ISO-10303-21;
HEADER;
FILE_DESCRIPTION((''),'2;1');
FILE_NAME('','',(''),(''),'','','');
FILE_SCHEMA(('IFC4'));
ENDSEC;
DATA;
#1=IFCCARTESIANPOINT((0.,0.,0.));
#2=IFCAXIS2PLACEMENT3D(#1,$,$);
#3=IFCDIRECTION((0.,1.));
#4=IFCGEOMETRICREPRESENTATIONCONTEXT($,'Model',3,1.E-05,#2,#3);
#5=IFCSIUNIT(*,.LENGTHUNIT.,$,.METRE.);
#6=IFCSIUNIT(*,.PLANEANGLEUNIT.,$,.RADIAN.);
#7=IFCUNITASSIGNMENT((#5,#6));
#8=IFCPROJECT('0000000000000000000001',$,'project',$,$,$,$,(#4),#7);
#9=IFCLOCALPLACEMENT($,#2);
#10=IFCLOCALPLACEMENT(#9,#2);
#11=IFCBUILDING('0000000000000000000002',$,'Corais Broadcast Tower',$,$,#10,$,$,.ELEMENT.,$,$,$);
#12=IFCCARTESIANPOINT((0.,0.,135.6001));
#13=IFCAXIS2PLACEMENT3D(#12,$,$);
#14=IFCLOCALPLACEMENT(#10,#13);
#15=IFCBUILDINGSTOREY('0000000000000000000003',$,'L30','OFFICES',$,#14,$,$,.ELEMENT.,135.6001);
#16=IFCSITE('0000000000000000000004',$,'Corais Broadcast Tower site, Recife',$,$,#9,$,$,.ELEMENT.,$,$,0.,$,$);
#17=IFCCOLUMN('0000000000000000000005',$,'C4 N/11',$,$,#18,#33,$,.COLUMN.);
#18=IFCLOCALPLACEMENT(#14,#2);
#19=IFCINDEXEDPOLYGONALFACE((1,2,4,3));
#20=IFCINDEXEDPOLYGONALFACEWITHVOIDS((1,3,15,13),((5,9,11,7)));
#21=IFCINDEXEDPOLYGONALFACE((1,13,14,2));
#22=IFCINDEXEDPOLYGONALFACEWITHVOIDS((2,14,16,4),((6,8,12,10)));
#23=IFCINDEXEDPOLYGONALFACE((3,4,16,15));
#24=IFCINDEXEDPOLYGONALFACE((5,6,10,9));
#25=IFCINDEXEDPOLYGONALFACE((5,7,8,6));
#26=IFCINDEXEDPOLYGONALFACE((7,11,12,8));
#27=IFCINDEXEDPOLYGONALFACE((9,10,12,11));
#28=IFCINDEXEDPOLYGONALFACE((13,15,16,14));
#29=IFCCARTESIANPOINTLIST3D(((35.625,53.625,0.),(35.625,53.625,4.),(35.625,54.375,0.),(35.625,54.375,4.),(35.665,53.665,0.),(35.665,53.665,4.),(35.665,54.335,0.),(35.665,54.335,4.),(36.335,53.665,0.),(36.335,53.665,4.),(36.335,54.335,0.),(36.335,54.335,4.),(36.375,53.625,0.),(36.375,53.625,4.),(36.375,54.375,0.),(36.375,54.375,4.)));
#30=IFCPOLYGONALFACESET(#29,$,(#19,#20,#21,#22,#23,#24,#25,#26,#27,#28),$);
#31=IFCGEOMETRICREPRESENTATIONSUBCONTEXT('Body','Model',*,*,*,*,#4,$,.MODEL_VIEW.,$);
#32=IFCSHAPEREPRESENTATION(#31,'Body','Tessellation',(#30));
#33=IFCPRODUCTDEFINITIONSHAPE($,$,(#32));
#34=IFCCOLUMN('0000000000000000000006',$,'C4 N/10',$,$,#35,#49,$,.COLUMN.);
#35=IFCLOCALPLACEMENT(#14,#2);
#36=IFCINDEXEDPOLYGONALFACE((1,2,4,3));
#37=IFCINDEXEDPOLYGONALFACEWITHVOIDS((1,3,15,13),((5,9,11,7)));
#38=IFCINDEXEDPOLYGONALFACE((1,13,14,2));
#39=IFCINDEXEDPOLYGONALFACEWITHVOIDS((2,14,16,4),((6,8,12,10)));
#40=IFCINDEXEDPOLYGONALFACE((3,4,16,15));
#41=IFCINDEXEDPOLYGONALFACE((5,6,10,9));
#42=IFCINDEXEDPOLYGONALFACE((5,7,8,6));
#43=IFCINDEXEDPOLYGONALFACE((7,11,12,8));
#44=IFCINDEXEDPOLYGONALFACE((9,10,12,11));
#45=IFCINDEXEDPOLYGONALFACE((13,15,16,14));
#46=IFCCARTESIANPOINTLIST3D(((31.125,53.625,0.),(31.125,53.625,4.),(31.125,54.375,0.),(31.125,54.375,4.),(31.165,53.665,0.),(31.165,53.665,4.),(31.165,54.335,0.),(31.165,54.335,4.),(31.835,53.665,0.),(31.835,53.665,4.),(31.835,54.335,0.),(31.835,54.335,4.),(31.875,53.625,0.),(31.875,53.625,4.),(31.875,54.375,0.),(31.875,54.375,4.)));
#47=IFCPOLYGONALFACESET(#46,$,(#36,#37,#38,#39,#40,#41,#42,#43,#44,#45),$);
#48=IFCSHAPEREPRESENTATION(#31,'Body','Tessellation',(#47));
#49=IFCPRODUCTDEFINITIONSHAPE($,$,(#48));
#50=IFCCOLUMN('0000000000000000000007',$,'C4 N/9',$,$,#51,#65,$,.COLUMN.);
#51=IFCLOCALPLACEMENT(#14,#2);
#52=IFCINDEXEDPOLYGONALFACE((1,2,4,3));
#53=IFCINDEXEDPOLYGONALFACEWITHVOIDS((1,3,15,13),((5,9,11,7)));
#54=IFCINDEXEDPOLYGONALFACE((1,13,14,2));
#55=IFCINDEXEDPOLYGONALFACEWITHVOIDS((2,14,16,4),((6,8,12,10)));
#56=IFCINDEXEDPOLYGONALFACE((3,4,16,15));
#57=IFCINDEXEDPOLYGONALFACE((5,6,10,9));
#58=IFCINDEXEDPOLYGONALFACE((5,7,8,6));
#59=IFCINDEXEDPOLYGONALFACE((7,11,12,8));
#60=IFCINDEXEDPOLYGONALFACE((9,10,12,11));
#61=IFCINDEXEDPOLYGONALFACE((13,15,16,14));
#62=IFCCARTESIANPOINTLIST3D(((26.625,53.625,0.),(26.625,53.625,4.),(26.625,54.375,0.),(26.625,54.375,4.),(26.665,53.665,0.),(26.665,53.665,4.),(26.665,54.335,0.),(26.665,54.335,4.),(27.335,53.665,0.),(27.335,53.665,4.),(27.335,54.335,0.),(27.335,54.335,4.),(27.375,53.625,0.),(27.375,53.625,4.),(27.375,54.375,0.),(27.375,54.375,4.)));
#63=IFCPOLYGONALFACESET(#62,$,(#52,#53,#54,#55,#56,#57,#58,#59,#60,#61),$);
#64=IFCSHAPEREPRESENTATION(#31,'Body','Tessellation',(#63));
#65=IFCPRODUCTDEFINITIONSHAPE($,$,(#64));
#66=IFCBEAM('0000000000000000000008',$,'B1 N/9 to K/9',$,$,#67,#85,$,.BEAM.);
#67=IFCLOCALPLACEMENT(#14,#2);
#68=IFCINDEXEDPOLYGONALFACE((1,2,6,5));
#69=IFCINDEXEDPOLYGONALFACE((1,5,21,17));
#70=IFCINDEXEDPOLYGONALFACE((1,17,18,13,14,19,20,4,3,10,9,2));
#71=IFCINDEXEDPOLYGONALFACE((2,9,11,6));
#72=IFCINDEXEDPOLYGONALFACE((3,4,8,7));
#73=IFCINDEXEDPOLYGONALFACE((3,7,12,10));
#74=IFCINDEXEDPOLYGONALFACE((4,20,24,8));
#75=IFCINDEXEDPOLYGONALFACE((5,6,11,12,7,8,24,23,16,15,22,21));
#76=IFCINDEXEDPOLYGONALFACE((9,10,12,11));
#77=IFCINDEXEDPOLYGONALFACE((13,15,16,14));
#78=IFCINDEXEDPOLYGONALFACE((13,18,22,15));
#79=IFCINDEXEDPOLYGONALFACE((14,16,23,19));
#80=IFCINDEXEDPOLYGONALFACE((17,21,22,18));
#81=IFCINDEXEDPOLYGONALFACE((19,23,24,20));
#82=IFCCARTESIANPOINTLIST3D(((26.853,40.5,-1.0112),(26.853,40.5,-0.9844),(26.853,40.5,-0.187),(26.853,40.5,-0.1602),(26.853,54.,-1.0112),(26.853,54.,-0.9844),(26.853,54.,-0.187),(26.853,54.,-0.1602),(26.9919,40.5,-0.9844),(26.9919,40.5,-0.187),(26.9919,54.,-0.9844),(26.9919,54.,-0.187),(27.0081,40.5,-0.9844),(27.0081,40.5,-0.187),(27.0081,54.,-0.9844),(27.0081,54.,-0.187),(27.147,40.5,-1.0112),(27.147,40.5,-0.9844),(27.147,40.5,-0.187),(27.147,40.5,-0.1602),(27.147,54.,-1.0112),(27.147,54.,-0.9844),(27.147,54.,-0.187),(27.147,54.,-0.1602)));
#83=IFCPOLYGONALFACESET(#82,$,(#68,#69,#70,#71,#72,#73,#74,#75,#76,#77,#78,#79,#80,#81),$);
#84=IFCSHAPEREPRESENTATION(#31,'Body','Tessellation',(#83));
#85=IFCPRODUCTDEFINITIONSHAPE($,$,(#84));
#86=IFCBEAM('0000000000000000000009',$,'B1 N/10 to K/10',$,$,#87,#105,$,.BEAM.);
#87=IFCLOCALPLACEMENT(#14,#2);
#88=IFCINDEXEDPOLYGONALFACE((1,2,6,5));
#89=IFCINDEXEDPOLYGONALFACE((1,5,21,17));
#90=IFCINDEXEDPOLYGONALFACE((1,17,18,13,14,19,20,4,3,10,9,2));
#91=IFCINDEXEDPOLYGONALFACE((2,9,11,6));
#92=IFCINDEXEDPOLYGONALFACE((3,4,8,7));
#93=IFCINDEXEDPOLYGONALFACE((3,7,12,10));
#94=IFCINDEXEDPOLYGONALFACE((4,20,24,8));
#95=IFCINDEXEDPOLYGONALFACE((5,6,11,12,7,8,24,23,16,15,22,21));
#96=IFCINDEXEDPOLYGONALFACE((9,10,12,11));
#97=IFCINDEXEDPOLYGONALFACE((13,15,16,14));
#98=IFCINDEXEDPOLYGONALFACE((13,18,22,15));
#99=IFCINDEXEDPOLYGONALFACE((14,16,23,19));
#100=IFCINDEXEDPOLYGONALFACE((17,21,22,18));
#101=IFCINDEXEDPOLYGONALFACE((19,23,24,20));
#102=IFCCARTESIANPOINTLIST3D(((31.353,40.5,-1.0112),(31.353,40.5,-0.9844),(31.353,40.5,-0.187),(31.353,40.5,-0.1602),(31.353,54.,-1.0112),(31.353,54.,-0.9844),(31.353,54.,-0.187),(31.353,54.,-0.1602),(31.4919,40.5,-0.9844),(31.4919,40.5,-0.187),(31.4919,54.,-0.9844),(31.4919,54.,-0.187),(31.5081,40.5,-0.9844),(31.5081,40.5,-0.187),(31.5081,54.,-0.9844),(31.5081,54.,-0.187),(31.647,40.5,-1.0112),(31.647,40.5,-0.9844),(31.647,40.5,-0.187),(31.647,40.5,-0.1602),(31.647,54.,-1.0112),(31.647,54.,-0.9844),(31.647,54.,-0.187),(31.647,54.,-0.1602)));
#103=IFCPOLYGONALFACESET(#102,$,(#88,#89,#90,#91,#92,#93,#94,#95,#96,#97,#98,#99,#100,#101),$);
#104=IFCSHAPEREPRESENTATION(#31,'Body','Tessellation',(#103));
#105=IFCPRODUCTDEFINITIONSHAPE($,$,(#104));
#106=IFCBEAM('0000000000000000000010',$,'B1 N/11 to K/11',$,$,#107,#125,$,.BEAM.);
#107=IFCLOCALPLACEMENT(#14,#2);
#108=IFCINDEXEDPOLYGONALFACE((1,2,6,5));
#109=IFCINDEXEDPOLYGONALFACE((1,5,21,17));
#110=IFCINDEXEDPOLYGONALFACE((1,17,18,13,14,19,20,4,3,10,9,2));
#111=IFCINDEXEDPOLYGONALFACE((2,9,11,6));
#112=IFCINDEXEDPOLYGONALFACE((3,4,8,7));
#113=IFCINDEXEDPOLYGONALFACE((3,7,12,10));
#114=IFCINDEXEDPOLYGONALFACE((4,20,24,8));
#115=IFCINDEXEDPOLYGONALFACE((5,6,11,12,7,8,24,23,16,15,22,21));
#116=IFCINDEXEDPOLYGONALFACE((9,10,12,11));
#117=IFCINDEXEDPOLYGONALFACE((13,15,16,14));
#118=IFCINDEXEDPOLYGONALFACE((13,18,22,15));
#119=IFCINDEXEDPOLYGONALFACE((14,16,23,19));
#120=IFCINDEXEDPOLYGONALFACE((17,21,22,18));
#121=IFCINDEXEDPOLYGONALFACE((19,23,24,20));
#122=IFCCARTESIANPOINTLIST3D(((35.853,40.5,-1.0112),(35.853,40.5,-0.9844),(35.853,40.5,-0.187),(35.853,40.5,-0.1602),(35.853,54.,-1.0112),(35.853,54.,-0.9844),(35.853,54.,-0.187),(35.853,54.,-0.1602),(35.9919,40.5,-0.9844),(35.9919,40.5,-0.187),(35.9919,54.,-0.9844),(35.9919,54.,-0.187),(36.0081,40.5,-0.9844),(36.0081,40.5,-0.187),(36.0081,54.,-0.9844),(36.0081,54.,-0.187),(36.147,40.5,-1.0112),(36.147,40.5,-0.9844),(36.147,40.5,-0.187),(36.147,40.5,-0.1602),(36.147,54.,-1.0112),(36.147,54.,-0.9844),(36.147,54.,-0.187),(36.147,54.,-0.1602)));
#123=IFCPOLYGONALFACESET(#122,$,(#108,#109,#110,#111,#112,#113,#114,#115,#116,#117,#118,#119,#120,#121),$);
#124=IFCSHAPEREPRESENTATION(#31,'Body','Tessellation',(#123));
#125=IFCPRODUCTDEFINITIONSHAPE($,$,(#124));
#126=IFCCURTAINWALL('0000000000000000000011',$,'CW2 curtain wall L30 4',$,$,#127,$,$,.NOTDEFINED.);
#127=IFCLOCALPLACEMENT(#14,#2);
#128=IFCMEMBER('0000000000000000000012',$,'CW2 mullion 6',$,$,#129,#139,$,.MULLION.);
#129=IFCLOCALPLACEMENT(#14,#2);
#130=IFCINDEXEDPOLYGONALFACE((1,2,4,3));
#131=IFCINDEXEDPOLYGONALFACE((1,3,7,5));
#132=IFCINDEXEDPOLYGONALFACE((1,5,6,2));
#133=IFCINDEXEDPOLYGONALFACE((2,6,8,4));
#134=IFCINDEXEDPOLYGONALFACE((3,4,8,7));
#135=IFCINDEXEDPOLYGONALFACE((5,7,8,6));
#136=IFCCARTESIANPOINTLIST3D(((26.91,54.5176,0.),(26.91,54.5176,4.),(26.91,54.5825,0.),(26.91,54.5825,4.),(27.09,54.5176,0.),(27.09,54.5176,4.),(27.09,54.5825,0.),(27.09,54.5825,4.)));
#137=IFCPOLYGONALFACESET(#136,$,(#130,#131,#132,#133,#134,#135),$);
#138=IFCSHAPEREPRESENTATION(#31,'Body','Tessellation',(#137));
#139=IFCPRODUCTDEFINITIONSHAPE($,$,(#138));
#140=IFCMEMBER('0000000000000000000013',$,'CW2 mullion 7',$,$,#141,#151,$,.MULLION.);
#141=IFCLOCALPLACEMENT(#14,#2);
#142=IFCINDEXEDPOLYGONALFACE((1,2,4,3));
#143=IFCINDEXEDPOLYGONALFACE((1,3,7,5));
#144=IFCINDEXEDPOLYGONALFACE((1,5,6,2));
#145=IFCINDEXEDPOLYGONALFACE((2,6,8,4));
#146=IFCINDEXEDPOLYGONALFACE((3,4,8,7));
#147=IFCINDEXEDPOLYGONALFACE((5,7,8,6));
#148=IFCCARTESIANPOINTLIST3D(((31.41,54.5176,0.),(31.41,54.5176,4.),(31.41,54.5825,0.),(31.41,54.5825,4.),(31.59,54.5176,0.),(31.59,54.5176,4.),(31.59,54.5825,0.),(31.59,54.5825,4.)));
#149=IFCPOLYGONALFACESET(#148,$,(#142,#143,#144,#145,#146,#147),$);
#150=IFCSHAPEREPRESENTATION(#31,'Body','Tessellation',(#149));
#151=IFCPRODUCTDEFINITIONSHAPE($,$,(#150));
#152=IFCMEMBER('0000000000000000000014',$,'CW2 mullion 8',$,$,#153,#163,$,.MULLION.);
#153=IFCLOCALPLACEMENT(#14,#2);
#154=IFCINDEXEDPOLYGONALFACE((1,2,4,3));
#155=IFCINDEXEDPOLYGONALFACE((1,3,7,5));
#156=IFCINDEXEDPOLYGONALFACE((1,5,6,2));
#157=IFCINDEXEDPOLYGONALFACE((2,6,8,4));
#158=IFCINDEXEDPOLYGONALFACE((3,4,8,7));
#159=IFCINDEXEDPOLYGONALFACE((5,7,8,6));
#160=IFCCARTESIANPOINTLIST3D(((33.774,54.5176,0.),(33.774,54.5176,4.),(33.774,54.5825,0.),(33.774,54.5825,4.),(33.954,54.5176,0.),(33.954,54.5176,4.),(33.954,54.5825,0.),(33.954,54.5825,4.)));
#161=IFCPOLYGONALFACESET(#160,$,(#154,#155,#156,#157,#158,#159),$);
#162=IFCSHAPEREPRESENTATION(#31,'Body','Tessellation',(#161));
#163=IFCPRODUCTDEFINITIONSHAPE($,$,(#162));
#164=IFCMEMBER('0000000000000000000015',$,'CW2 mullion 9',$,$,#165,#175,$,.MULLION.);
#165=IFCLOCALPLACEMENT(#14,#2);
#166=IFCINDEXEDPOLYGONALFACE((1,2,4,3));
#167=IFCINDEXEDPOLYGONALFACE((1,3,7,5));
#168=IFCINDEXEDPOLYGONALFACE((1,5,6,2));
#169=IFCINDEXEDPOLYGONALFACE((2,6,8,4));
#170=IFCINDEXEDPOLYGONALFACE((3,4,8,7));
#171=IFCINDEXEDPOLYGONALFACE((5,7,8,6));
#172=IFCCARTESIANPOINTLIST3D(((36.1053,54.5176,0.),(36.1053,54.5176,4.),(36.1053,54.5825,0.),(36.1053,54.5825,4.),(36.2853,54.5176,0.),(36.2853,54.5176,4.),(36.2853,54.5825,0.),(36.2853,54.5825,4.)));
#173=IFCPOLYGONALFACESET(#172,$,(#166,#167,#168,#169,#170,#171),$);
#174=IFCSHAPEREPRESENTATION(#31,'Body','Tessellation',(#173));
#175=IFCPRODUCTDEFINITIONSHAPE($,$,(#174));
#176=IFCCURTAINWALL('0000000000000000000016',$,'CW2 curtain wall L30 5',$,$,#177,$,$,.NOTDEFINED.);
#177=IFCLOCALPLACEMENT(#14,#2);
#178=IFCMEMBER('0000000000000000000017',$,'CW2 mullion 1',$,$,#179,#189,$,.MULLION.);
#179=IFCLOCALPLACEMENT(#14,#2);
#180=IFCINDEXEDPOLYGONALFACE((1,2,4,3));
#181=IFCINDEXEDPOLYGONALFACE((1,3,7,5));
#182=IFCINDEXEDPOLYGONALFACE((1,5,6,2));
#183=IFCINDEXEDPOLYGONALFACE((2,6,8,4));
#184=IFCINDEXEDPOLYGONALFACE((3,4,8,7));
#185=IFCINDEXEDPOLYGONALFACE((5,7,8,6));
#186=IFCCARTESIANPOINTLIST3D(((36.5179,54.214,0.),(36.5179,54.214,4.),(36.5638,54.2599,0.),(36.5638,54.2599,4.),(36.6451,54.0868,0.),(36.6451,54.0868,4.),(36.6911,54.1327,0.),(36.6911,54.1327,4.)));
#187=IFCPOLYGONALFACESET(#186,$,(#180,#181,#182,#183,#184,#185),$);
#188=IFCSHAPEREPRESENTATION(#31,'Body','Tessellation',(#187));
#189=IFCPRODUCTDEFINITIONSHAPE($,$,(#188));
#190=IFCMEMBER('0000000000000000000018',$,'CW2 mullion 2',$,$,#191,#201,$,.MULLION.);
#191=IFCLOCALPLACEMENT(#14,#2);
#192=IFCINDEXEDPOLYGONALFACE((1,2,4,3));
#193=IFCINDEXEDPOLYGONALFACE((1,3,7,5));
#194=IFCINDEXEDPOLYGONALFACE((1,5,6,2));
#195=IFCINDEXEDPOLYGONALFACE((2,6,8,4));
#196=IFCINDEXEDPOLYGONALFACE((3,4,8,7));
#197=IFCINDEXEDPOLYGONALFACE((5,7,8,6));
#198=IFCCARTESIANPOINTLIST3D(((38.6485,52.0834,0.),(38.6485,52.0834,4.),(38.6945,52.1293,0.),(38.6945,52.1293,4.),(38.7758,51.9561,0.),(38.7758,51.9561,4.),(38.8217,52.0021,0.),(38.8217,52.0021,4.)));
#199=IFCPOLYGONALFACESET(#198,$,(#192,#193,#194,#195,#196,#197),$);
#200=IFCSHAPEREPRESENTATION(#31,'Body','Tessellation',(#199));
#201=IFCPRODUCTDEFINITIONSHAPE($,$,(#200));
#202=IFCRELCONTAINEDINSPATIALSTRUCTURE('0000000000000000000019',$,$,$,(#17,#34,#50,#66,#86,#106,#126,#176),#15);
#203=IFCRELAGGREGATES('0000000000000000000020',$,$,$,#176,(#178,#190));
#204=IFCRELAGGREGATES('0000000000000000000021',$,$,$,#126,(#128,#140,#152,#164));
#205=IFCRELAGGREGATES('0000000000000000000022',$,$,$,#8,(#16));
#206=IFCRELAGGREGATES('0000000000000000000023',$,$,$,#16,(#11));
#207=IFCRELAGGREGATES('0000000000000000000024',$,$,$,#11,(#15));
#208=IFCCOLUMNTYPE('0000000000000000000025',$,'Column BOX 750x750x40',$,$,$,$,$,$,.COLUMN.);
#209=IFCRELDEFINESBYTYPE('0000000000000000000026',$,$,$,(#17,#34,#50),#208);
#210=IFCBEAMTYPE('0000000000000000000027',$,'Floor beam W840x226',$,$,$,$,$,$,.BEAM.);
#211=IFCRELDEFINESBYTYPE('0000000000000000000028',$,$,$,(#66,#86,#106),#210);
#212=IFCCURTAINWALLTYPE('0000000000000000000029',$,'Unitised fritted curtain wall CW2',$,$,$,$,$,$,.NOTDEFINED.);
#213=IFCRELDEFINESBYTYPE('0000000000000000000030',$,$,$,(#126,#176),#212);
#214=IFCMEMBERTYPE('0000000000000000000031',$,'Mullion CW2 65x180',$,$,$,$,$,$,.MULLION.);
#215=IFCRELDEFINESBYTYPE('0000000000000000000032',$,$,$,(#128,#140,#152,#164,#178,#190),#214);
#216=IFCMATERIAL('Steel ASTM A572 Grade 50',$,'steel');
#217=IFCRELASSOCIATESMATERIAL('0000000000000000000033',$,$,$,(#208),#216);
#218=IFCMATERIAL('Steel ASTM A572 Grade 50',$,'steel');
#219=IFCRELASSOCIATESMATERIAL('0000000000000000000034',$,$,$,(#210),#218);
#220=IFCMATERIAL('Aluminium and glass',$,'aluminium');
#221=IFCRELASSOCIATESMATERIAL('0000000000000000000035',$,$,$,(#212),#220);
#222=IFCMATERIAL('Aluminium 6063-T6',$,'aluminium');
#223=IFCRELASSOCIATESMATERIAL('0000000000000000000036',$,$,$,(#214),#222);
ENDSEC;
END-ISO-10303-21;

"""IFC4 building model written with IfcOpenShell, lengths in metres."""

from ifc_helpers import new_model, si_unit, direction, frame, origin, origin_2d, place, context, subcontext, project, spatial, rectangle, hollow_rectangle, i_section, extrude, material, material_profile, profile_set, type_object, element, aggregate, save


model = new_model("IFC4")

# Units and contexts
model_context = context("Model", 3, precision=1e-05, world=origin(), true_north=direction((0.0, 1.0)))
body_context = subcontext(model_context, "Body", "Model", "MODEL_VIEW")
ifc_project = project(units=[si_unit("LENGTHUNIT", "METRE"), si_unit("PLANEANGLEUNIT", "RADIAN")], contexts=[model_context])

# Site, building, storey
site_placement = place(None, origin())
site = spatial("IfcSite", under=ifc_project, at=site_placement, Name="Corais Broadcast Tower site, Recife", CompositionType="ELEMENT", RefElevation=0.0)
building_placement = place(site_placement, origin())
building = spatial("IfcBuilding", under=site, at=building_placement, Name="Corais Broadcast Tower", CompositionType="ELEMENT")
storey_placement = place(building_placement, frame((0.0, 0.0, 135.6001)))
storey = spatial("IfcBuildingStorey", under=building, at=storey_placement, Name="L30", Description="OFFICES", CompositionType="ELEMENT", Elevation=135.6001)

# Columns
ifc_material_1 = material(Name="Steel ASTM A572 Grade 50", Category="steel")
ifc_material_profile_1 = material_profile(ifc_material_1, hollow_rectangle(XDim=0.75, YDim=0.75, WallThickness=0.04, at=origin_2d()), Name="BOX 750x750x40")
ifc_profile_set_1 = profile_set([ifc_material_profile_1], Name="Steel ASTM A572 Grade 50")
column_type = type_object("IfcColumnType", Name="Column BOX 750x750x40", PredefinedType="COLUMN", material=ifc_profile_set_1)
for number, where, z_axis, x_axis, name in (
    (1, (36.0, 54.0, 0.0), (0.0, 0.0, 1.0), (1.0, 0.0, 0.0), "C4 N/11"),
    (2, (31.5, 54.0, 0.0), (0.0, 0.0, 1.0), (1.0, 0.0, 0.0), "C4 N/10"),
    (3, (27.0, 54.0, 0.0), (0.0, 0.0, 1.0), (1.0, 0.0, 0.0), "C4 N/9"),
):
    element("IfcColumn", number, at=place(storey_placement, frame(where, z_axis=z_axis, x_axis=x_axis)), inside=storey, type_object=column_type, Name=name, PredefinedType="COLUMN", context=body_context, shape_type="SweptSolid", body=[
        extrude(hollow_rectangle(XDim=0.75, YDim=0.75, WallThickness=0.04, at=origin_2d()), origin(), (0.0, 0.0, 1.0), 4.0),
    ])

# Beams
ifc_material_2 = material(Name="Steel ASTM A572 Grade 50", Category="steel")
ifc_material_profile_2 = material_profile(ifc_material_2, i_section(OverallWidth=0.2939, OverallDepth=0.8511, WebThickness=0.0161, FlangeThickness=0.0269, at=origin_2d()), Name="W840x226")
ifc_profile_set_2 = profile_set([ifc_material_profile_2], Name="Steel ASTM A572 Grade 50")
beam_type_1 = type_object("IfcBeamType", Name="Floor beam W840x226", PredefinedType="BEAM", material=ifc_profile_set_2)
for number, where, z_axis, x_axis, name in (
    (4, (27.0, 54.0, -0.5857), (0.0, -1.0, 0.0), (1.0, 0.0, 0.0), "B1 N/9 to K/9"),
    (5, (31.5, 54.0, -0.5857), (0.0, -1.0, 0.0), (1.0, 0.0, 0.0), "B1 N/10 to K/10"),
    (6, (36.0, 54.0, -0.5857), (0.0, -1.0, 0.0), (1.0, 0.0, 0.0), "B1 N/11 to K/11"),
):
    element("IfcBeam", number, at=place(storey_placement, frame(where, z_axis=z_axis, x_axis=x_axis)), inside=storey, type_object=beam_type_1, Name=name, PredefinedType="BEAM", context=body_context, shape_type="SweptSolid", body=[
        extrude(i_section(OverallWidth=0.2939, OverallDepth=0.8511, WebThickness=0.0161, FlangeThickness=0.0269, at=origin_2d()), origin(), (0.0, 0.0, 1.0), 13.5),
    ])

# Curtain walls, members
ifc_material_3 = material(Name="Aluminium and glass", Category="aluminium")
curtain_wall_type = type_object("IfcCurtainWallType", Name="Unitised fritted curtain wall CW2", PredefinedType="NOTDEFINED", material=ifc_material_3)
curtain_wall_1_placement = place(storey_placement, origin())
curtain_wall_1 = element("IfcCurtainWall", 7, at=curtain_wall_1_placement, inside=storey, type_object=curtain_wall_type, Name="CW2 curtain wall L30 4", PredefinedType="NOTDEFINED")
ifc_material_4 = material(Name="Aluminium 6063-T6", Category="aluminium")
ifc_material_profile_3 = material_profile(ifc_material_4, rectangle(XDim=0.0649, YDim=0.1799, at=origin_2d()), Name="Mullion CW2 65x180")
ifc_profile_set_3 = profile_set([ifc_material_profile_3], Name="Aluminium 6063-T6")
member_type_1 = type_object("IfcMemberType", Name="Mullion CW2 65x180", PredefinedType="MULLION", material=ifc_profile_set_3)
member_1_placement = place(storey_placement, frame((27.0, 54.55, 0.0), z_axis=(0.0, 0.0, 1.0), x_axis=(0.0, 1.0, 0.0)))
member_1 = element("IfcMember", 8, at=member_1_placement, type_object=member_type_1, Name="CW2 mullion 6", PredefinedType="MULLION", context=body_context, shape_type="SweptSolid", body=[
    extrude(rectangle(XDim=0.0649, YDim=0.1799, at=origin_2d()), origin(), (0.0, 0.0, 1.0), 4.0),
])
member_2_placement = place(storey_placement, frame((31.5, 54.55, 0.0), z_axis=(0.0, 0.0, 1.0), x_axis=(0.0, 1.0, 0.0)))
member_2 = element("IfcMember", 9, at=member_2_placement, type_object=member_type_1, Name="CW2 mullion 7", PredefinedType="MULLION", context=body_context, shape_type="SweptSolid", body=[
    extrude(rectangle(XDim=0.0649, YDim=0.1799, at=origin_2d()), origin(), (0.0, 0.0, 1.0), 4.0),
])
member_3_placement = place(storey_placement, frame((33.864, 54.55, 0.0), z_axis=(0.0, 0.0, 1.0), x_axis=(0.0, 1.0, 0.0)))
member_3 = element("IfcMember", 10, at=member_3_placement, type_object=member_type_1, Name="CW2 mullion 8", PredefinedType="MULLION", context=body_context, shape_type="SweptSolid", body=[
    extrude(rectangle(XDim=0.0649, YDim=0.1799, at=origin_2d()), origin(), (0.0, 0.0, 1.0), 4.0),
])
member_4_placement = place(storey_placement, frame((36.1953, 54.55, 0.0), z_axis=(0.0, 0.0, 1.0), x_axis=(0.0, 1.0, 0.0)))
member_4 = element("IfcMember", 11, at=member_4_placement, type_object=member_type_1, Name="CW2 mullion 9", PredefinedType="MULLION", context=body_context, shape_type="SweptSolid", body=[
    extrude(rectangle(XDim=0.0649, YDim=0.1799, at=origin_2d()), origin(), (0.0, 0.0, 1.0), 4.0),
])
curtain_wall_2_placement = place(storey_placement, origin())
curtain_wall_2 = element("IfcCurtainWall", 12, at=curtain_wall_2_placement, inside=storey, type_object=curtain_wall_type, Name="CW2 curtain wall L30 5", PredefinedType="NOTDEFINED")
member_5_placement = place(storey_placement, frame((36.6045, 54.1733, 0.0), z_axis=(0.0, 0.0, 1.0), x_axis=(0.707107, 0.707107, 0.0)))
member_5 = element("IfcMember", 13, at=member_5_placement, type_object=member_type_1, Name="CW2 mullion 1", PredefinedType="MULLION", context=body_context, shape_type="SweptSolid", body=[
    extrude(rectangle(XDim=0.0649, YDim=0.1799, at=origin_2d()), origin(), (0.0, 0.0, 1.0), 4.0),
])
member_6_placement = place(storey_placement, frame((38.7351, 52.0427, 0.0), z_axis=(0.0, 0.0, 1.0), x_axis=(0.707107, 0.707107, 0.0)))
member_6 = element("IfcMember", 14, at=member_6_placement, type_object=member_type_1, Name="CW2 mullion 2", PredefinedType="MULLION", context=body_context, shape_type="SweptSolid", body=[
    extrude(rectangle(XDim=0.0649, YDim=0.1799, at=origin_2d()), origin(), (0.0, 0.0, 1.0), 4.0),
])

aggregate(curtain_wall_2, [member_5, member_6])
aggregate(curtain_wall_1, [member_1, member_2, member_3, member_4])

save(model, "model.ifc")
